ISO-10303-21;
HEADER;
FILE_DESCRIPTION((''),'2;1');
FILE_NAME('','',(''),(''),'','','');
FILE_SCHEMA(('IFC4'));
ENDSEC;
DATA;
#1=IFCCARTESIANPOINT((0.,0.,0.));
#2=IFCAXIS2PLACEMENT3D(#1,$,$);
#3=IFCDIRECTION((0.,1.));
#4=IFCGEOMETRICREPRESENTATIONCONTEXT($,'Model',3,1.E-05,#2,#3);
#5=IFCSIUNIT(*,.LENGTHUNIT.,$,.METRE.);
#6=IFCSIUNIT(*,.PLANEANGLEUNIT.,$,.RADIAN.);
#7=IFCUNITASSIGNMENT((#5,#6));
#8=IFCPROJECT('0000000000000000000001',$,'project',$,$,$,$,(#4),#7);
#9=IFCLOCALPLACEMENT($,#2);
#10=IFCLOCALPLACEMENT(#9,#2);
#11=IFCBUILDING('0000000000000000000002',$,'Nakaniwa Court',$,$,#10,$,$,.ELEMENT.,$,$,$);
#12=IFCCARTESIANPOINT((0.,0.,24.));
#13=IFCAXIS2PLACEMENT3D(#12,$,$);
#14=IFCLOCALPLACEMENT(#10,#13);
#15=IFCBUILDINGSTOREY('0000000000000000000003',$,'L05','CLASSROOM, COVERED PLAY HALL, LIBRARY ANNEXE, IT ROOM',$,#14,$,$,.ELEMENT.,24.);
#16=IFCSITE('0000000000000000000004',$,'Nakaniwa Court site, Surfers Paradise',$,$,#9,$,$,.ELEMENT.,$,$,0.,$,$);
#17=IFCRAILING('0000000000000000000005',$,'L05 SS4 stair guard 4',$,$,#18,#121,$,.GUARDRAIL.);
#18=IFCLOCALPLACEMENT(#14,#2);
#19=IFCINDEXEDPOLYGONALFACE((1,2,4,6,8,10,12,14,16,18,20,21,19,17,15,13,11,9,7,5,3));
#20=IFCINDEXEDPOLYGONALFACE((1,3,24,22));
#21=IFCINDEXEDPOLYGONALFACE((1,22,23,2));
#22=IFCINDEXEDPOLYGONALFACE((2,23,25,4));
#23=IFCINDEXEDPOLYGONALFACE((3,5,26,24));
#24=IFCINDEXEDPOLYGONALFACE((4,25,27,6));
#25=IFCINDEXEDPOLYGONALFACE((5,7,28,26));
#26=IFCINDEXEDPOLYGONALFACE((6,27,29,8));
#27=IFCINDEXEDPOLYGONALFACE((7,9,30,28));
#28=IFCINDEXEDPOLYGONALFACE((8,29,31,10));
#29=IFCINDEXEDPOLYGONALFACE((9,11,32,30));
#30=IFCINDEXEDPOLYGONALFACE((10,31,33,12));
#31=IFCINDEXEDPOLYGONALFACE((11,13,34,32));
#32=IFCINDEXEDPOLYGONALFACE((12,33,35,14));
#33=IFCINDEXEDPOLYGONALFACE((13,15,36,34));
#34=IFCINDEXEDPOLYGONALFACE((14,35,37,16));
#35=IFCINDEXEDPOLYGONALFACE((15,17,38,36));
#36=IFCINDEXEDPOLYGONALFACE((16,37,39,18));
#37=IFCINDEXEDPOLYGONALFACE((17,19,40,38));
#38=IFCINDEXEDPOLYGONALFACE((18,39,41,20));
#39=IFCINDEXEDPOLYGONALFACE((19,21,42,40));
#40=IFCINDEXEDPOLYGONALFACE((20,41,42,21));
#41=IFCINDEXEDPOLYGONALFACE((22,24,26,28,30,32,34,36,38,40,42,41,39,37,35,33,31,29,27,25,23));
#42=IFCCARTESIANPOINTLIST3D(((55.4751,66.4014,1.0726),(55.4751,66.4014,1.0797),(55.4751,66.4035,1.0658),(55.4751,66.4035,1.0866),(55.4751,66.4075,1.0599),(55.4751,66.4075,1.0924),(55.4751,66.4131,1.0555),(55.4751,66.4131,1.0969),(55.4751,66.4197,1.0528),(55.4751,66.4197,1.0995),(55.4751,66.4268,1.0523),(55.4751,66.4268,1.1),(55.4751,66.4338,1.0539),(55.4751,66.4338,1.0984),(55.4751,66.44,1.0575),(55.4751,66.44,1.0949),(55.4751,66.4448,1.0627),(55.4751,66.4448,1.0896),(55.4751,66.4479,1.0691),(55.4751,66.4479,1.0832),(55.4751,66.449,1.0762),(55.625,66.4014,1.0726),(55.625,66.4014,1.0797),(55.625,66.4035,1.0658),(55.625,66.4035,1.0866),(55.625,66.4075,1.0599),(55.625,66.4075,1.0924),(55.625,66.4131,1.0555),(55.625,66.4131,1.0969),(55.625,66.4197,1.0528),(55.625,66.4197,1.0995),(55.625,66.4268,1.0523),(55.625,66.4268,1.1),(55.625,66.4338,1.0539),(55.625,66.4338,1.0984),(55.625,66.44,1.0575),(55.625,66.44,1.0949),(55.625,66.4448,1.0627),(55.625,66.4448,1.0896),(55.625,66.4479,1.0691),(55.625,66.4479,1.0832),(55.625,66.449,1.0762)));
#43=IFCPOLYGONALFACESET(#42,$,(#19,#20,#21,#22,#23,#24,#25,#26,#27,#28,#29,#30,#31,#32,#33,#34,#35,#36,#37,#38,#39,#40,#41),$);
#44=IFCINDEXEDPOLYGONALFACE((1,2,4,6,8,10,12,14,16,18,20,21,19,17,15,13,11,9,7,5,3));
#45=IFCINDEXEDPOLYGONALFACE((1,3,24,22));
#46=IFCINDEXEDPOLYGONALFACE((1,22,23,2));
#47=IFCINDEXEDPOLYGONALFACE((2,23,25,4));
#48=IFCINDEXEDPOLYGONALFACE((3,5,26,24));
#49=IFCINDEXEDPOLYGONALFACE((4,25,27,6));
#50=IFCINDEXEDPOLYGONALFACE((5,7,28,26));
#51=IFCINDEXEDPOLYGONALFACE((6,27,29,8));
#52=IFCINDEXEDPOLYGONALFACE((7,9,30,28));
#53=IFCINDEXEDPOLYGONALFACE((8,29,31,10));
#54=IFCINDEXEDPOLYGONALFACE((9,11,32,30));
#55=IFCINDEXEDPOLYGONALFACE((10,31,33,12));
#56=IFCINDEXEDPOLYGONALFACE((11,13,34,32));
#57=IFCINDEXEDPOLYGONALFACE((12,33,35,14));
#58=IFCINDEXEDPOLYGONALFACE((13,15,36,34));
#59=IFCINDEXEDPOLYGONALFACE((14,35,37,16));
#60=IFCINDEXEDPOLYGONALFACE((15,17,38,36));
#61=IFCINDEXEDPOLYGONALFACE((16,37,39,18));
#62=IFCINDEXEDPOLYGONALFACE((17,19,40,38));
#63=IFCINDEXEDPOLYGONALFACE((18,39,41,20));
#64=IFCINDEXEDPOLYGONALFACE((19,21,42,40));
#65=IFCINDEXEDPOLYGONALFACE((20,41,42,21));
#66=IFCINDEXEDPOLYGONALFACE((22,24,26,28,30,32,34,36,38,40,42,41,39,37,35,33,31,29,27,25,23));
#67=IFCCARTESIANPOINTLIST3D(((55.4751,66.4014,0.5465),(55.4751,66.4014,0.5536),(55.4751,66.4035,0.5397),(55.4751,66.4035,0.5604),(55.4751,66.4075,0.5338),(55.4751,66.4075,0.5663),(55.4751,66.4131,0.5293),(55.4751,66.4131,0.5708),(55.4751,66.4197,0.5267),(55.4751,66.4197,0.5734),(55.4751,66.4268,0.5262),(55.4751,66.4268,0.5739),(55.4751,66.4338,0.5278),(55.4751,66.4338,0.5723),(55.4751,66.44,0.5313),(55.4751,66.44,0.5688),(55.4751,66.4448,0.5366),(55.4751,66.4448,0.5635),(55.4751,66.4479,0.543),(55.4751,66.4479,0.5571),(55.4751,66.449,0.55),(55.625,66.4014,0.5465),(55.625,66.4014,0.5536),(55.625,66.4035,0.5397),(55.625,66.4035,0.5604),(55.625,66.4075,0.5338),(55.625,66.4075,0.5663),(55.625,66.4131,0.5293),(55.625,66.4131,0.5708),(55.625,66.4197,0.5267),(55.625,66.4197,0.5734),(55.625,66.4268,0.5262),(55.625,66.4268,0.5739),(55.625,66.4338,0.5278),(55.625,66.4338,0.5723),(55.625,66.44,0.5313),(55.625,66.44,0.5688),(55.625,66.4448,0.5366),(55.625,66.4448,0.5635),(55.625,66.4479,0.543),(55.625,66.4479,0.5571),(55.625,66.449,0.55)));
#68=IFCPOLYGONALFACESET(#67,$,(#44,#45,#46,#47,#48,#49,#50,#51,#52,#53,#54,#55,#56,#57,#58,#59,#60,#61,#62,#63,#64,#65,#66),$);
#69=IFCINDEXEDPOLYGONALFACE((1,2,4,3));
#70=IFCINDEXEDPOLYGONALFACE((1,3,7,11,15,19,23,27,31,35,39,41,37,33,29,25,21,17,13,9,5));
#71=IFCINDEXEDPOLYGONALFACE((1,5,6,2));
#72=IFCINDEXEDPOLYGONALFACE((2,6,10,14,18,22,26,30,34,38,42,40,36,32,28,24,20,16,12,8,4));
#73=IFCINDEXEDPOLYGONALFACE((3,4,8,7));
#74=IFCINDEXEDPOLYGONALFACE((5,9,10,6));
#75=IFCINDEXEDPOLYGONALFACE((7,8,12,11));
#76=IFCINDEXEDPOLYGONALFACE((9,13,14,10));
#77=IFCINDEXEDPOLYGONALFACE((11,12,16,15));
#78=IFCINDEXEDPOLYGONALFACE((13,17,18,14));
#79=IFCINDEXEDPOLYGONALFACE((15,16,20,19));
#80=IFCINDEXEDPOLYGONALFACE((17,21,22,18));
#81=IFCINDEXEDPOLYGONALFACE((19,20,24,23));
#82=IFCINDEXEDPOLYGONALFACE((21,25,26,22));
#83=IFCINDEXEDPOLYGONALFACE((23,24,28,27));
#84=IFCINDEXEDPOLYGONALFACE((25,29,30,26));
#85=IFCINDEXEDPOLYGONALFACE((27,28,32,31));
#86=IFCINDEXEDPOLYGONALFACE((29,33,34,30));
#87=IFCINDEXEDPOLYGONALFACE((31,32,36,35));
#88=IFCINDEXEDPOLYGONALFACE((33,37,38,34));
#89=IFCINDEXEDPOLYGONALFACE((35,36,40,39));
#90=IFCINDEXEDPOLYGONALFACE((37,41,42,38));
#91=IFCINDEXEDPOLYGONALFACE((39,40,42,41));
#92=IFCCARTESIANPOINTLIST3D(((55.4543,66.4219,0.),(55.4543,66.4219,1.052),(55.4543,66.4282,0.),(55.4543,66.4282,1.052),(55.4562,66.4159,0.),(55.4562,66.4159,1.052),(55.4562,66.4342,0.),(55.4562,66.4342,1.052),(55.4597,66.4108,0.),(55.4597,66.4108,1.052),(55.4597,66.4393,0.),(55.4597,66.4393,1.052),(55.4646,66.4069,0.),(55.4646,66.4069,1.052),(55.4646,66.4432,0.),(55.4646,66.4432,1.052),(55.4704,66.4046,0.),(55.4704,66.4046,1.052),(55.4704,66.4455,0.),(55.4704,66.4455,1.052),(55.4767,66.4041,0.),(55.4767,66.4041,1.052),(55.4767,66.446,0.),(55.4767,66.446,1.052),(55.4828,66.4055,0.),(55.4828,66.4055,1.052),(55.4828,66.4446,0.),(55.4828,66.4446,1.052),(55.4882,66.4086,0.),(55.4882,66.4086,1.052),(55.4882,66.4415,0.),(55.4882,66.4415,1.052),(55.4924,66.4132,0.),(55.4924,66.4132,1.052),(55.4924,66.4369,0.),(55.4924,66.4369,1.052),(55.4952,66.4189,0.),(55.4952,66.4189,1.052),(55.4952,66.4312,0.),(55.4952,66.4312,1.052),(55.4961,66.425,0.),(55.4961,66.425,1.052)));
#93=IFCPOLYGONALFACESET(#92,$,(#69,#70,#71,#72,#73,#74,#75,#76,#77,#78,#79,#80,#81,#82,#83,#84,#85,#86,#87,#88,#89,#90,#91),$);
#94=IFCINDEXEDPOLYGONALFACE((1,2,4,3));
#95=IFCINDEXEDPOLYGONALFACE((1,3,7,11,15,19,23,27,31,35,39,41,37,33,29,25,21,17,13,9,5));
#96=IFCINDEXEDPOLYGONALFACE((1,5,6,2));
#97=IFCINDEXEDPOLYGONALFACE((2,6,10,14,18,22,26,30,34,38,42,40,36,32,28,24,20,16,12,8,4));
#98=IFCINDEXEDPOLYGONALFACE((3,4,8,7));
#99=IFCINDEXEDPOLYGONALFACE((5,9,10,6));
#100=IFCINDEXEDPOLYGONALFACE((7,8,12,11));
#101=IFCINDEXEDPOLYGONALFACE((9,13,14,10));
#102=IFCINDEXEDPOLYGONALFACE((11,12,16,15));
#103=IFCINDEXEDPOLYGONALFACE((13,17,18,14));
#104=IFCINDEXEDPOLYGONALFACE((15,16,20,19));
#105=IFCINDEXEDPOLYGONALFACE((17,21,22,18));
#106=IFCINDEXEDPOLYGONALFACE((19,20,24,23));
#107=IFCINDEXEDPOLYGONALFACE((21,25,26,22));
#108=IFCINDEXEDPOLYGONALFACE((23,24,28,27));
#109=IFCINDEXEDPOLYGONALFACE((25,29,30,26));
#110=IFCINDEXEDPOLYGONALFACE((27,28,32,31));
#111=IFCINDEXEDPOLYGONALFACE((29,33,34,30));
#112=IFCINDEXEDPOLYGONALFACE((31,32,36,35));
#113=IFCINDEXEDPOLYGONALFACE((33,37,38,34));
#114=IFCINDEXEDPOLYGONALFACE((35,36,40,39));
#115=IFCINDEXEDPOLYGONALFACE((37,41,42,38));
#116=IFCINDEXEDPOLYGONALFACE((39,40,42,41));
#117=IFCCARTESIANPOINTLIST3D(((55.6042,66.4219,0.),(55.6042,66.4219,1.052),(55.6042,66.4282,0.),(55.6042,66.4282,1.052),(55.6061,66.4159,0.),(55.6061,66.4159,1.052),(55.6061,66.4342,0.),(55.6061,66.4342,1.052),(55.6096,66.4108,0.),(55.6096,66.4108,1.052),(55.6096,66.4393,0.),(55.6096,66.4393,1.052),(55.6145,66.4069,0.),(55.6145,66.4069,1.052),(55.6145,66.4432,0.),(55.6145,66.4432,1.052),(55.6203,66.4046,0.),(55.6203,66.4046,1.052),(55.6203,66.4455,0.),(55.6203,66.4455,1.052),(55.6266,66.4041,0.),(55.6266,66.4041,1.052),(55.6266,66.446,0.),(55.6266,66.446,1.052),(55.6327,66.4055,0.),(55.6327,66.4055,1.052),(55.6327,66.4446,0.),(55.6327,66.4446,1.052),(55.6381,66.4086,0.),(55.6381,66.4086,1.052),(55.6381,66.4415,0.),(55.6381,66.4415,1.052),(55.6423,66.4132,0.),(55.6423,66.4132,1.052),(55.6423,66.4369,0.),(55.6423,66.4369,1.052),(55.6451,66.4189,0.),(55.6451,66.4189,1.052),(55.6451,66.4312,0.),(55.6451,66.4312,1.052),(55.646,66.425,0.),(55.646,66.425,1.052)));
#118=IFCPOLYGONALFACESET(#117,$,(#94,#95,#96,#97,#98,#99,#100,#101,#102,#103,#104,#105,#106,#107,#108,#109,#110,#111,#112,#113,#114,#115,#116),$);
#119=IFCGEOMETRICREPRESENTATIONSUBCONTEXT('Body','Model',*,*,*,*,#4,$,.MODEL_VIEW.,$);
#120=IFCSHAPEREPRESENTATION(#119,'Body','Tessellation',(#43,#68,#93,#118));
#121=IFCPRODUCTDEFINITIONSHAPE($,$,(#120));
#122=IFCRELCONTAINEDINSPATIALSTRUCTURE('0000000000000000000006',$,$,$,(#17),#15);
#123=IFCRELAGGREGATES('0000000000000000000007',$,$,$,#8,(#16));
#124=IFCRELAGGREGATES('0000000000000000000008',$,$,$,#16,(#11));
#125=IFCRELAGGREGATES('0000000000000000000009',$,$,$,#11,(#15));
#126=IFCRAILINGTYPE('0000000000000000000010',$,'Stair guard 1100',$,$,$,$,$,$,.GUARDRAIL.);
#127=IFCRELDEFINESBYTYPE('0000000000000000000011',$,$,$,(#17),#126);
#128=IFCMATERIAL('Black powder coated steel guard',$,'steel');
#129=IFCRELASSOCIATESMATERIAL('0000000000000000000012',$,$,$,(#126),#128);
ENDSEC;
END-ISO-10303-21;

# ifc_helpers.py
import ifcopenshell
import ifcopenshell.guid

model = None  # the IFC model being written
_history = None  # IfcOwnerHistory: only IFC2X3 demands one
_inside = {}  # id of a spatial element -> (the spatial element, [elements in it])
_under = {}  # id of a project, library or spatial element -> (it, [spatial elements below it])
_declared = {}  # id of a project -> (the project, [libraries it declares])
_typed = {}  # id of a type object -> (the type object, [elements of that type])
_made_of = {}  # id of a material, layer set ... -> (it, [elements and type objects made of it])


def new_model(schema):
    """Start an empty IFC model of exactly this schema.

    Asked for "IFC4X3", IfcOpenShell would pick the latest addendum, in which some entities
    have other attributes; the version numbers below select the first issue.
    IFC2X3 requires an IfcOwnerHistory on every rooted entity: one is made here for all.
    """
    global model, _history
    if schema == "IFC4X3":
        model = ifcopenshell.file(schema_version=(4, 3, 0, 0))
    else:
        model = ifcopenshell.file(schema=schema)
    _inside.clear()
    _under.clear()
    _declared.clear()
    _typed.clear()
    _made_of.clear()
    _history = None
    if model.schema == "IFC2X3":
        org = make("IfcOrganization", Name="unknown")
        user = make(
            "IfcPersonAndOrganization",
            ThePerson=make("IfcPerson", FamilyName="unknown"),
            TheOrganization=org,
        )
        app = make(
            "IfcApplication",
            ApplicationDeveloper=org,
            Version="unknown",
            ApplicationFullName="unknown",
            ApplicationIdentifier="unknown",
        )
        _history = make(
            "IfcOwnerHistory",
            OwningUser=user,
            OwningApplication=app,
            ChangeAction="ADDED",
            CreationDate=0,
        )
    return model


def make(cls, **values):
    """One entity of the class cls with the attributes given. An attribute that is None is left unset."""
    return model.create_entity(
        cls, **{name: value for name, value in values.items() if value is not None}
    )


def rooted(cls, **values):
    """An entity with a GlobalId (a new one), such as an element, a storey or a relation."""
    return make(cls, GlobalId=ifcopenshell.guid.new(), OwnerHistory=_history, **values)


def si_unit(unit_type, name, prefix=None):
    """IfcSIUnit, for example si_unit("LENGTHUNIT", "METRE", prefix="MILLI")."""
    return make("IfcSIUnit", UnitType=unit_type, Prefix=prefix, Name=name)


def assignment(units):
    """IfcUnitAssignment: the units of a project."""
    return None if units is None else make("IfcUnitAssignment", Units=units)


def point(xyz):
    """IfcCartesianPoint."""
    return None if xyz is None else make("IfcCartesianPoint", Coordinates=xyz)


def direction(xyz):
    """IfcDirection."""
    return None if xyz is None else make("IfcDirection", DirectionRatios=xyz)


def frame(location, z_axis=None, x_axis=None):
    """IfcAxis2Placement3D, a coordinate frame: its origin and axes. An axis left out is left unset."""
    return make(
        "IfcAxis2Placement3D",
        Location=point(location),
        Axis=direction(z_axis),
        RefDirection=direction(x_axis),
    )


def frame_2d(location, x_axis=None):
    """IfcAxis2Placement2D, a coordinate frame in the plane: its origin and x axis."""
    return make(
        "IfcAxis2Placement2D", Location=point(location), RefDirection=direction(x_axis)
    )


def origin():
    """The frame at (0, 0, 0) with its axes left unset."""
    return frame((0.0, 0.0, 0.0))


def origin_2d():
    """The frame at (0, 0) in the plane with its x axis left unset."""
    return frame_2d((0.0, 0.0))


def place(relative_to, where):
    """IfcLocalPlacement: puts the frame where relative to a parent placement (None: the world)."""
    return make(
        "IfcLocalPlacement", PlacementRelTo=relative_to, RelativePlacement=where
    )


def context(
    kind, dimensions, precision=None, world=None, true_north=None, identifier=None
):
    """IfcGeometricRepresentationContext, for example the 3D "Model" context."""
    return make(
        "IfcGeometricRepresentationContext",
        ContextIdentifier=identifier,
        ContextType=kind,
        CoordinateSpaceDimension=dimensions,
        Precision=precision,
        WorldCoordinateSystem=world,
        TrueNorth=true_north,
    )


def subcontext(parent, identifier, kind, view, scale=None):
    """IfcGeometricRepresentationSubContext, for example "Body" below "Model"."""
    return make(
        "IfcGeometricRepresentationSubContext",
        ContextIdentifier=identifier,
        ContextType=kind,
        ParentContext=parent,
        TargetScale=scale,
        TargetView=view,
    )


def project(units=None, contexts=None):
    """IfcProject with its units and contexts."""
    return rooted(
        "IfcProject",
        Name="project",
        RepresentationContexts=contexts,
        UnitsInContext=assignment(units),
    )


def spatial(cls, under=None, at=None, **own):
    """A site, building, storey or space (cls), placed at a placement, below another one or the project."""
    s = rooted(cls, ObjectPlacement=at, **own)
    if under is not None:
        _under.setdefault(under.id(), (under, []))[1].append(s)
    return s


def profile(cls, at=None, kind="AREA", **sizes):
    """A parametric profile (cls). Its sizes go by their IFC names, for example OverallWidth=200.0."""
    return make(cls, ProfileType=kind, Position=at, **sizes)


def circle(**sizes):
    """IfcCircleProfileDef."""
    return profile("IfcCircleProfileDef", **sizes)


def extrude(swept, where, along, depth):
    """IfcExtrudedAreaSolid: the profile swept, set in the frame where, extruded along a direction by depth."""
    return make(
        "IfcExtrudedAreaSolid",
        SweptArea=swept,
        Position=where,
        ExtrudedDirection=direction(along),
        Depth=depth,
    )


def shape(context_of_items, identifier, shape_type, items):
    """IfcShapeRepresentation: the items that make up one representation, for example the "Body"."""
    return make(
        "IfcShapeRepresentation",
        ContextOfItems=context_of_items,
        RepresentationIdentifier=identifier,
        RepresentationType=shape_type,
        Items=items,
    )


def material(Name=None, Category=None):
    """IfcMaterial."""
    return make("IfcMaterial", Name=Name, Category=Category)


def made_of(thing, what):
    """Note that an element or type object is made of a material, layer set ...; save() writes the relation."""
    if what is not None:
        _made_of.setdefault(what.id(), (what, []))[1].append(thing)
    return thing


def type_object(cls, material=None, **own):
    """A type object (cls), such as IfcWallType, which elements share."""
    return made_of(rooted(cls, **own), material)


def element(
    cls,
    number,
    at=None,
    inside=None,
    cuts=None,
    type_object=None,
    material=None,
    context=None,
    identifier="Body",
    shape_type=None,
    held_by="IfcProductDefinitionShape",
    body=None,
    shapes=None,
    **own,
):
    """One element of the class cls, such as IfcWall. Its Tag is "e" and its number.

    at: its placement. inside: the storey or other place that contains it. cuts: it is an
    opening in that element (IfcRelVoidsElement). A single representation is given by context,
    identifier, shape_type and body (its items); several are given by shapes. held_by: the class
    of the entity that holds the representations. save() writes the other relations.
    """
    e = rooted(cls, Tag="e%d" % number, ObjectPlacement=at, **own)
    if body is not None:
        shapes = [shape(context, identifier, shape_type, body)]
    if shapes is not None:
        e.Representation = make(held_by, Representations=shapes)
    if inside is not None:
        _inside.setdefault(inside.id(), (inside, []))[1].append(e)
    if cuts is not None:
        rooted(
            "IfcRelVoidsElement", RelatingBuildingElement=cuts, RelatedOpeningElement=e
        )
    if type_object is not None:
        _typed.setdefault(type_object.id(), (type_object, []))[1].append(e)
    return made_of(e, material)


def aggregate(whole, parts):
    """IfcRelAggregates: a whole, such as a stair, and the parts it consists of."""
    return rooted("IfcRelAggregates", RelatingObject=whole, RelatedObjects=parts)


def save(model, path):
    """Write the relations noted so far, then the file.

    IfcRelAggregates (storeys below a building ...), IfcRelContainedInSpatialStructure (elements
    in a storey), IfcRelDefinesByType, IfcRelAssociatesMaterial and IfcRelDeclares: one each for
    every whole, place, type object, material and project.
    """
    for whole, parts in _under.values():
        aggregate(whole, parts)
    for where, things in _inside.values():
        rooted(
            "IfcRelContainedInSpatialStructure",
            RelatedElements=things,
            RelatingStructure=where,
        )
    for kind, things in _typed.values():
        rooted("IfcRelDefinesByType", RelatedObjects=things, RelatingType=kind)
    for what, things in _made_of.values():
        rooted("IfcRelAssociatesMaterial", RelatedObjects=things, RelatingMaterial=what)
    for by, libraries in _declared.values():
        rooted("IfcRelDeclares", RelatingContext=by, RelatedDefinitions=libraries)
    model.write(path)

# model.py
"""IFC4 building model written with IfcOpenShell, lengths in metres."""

from ifc_helpers import new_model, si_unit, direction, frame, origin, origin_2d, place, context, subcontext, project, spatial, circle, extrude, material, type_object, element, save


model = new_model("IFC4")

# Units and contexts
model_context = context("Model", 3, precision=1e-05, world=origin(), true_north=direction((0.0, 1.0)))
body_context = subcontext(model_context, "Body", "Model", "MODEL_VIEW")
ifc_project = project(units=[si_unit("LENGTHUNIT", "METRE"), si_unit("PLANEANGLEUNIT", "RADIAN")], contexts=[model_context])

# Site, building, storey
site_placement = place(None, origin())
site = spatial("IfcSite", under=ifc_project, at=site_placement, Name="Nakaniwa Court site, Surfers Paradise", CompositionType="ELEMENT", RefElevation=0.0)
building_placement = place(site_placement, origin())
building = spatial("IfcBuilding", under=site, at=building_placement, Name="Nakaniwa Court", CompositionType="ELEMENT")
storey_placement = place(building_placement, frame((0.0, 0.0, 24.0)))
storey = spatial("IfcBuildingStorey", under=building, at=storey_placement, Name="L05", Description="CLASSROOM, COVERED PLAY HALL, LIBRARY ANNEXE, IT ROOM", CompositionType="ELEMENT", Elevation=24.0)

# Railing
ifc_material_1 = material(Name="Black powder coated steel guard", Category="steel")
railing_type_1 = type_object("IfcRailingType", Name="Stair guard 1100", PredefinedType="GUARDRAIL", material=ifc_material_1)
railing_1_placement = place(storey_placement, frame((55.4751, 66.425, 0.0)))
element("IfcRailing", 1, at=railing_1_placement, inside=storey, type_object=railing_type_1, Name="L05 SS4 stair guard 4", PredefinedType="GUARDRAIL", context=body_context, shape_type="SweptSolid", body=[
    extrude(circle(Radius=0.0239, at=origin_2d()), frame((0.0, 0.0, 1.0762), z_axis=(1.0, 0.0, 0.0), x_axis=(0.0, 1.0, 0.0)), (0.0, 0.0, 1.0), 0.1499),
    extrude(circle(Radius=0.0239, at=origin_2d()), frame((0.0, 0.0, 0.55), z_axis=(1.0, 0.0, 0.0), x_axis=(0.0, 1.0, 0.0)), (0.0, 0.0, 1.0), 0.1499),
    extrude(circle(Radius=0.021, at=origin_2d()), origin(), (0.0, 0.0, 1.0), 1.052),
    extrude(circle(Radius=0.021, at=origin_2d()), frame((0.1499, 0.0, 0.0)), (0.0, 0.0, 1.0), 1.052),
])

save(model, "model.ifc")
